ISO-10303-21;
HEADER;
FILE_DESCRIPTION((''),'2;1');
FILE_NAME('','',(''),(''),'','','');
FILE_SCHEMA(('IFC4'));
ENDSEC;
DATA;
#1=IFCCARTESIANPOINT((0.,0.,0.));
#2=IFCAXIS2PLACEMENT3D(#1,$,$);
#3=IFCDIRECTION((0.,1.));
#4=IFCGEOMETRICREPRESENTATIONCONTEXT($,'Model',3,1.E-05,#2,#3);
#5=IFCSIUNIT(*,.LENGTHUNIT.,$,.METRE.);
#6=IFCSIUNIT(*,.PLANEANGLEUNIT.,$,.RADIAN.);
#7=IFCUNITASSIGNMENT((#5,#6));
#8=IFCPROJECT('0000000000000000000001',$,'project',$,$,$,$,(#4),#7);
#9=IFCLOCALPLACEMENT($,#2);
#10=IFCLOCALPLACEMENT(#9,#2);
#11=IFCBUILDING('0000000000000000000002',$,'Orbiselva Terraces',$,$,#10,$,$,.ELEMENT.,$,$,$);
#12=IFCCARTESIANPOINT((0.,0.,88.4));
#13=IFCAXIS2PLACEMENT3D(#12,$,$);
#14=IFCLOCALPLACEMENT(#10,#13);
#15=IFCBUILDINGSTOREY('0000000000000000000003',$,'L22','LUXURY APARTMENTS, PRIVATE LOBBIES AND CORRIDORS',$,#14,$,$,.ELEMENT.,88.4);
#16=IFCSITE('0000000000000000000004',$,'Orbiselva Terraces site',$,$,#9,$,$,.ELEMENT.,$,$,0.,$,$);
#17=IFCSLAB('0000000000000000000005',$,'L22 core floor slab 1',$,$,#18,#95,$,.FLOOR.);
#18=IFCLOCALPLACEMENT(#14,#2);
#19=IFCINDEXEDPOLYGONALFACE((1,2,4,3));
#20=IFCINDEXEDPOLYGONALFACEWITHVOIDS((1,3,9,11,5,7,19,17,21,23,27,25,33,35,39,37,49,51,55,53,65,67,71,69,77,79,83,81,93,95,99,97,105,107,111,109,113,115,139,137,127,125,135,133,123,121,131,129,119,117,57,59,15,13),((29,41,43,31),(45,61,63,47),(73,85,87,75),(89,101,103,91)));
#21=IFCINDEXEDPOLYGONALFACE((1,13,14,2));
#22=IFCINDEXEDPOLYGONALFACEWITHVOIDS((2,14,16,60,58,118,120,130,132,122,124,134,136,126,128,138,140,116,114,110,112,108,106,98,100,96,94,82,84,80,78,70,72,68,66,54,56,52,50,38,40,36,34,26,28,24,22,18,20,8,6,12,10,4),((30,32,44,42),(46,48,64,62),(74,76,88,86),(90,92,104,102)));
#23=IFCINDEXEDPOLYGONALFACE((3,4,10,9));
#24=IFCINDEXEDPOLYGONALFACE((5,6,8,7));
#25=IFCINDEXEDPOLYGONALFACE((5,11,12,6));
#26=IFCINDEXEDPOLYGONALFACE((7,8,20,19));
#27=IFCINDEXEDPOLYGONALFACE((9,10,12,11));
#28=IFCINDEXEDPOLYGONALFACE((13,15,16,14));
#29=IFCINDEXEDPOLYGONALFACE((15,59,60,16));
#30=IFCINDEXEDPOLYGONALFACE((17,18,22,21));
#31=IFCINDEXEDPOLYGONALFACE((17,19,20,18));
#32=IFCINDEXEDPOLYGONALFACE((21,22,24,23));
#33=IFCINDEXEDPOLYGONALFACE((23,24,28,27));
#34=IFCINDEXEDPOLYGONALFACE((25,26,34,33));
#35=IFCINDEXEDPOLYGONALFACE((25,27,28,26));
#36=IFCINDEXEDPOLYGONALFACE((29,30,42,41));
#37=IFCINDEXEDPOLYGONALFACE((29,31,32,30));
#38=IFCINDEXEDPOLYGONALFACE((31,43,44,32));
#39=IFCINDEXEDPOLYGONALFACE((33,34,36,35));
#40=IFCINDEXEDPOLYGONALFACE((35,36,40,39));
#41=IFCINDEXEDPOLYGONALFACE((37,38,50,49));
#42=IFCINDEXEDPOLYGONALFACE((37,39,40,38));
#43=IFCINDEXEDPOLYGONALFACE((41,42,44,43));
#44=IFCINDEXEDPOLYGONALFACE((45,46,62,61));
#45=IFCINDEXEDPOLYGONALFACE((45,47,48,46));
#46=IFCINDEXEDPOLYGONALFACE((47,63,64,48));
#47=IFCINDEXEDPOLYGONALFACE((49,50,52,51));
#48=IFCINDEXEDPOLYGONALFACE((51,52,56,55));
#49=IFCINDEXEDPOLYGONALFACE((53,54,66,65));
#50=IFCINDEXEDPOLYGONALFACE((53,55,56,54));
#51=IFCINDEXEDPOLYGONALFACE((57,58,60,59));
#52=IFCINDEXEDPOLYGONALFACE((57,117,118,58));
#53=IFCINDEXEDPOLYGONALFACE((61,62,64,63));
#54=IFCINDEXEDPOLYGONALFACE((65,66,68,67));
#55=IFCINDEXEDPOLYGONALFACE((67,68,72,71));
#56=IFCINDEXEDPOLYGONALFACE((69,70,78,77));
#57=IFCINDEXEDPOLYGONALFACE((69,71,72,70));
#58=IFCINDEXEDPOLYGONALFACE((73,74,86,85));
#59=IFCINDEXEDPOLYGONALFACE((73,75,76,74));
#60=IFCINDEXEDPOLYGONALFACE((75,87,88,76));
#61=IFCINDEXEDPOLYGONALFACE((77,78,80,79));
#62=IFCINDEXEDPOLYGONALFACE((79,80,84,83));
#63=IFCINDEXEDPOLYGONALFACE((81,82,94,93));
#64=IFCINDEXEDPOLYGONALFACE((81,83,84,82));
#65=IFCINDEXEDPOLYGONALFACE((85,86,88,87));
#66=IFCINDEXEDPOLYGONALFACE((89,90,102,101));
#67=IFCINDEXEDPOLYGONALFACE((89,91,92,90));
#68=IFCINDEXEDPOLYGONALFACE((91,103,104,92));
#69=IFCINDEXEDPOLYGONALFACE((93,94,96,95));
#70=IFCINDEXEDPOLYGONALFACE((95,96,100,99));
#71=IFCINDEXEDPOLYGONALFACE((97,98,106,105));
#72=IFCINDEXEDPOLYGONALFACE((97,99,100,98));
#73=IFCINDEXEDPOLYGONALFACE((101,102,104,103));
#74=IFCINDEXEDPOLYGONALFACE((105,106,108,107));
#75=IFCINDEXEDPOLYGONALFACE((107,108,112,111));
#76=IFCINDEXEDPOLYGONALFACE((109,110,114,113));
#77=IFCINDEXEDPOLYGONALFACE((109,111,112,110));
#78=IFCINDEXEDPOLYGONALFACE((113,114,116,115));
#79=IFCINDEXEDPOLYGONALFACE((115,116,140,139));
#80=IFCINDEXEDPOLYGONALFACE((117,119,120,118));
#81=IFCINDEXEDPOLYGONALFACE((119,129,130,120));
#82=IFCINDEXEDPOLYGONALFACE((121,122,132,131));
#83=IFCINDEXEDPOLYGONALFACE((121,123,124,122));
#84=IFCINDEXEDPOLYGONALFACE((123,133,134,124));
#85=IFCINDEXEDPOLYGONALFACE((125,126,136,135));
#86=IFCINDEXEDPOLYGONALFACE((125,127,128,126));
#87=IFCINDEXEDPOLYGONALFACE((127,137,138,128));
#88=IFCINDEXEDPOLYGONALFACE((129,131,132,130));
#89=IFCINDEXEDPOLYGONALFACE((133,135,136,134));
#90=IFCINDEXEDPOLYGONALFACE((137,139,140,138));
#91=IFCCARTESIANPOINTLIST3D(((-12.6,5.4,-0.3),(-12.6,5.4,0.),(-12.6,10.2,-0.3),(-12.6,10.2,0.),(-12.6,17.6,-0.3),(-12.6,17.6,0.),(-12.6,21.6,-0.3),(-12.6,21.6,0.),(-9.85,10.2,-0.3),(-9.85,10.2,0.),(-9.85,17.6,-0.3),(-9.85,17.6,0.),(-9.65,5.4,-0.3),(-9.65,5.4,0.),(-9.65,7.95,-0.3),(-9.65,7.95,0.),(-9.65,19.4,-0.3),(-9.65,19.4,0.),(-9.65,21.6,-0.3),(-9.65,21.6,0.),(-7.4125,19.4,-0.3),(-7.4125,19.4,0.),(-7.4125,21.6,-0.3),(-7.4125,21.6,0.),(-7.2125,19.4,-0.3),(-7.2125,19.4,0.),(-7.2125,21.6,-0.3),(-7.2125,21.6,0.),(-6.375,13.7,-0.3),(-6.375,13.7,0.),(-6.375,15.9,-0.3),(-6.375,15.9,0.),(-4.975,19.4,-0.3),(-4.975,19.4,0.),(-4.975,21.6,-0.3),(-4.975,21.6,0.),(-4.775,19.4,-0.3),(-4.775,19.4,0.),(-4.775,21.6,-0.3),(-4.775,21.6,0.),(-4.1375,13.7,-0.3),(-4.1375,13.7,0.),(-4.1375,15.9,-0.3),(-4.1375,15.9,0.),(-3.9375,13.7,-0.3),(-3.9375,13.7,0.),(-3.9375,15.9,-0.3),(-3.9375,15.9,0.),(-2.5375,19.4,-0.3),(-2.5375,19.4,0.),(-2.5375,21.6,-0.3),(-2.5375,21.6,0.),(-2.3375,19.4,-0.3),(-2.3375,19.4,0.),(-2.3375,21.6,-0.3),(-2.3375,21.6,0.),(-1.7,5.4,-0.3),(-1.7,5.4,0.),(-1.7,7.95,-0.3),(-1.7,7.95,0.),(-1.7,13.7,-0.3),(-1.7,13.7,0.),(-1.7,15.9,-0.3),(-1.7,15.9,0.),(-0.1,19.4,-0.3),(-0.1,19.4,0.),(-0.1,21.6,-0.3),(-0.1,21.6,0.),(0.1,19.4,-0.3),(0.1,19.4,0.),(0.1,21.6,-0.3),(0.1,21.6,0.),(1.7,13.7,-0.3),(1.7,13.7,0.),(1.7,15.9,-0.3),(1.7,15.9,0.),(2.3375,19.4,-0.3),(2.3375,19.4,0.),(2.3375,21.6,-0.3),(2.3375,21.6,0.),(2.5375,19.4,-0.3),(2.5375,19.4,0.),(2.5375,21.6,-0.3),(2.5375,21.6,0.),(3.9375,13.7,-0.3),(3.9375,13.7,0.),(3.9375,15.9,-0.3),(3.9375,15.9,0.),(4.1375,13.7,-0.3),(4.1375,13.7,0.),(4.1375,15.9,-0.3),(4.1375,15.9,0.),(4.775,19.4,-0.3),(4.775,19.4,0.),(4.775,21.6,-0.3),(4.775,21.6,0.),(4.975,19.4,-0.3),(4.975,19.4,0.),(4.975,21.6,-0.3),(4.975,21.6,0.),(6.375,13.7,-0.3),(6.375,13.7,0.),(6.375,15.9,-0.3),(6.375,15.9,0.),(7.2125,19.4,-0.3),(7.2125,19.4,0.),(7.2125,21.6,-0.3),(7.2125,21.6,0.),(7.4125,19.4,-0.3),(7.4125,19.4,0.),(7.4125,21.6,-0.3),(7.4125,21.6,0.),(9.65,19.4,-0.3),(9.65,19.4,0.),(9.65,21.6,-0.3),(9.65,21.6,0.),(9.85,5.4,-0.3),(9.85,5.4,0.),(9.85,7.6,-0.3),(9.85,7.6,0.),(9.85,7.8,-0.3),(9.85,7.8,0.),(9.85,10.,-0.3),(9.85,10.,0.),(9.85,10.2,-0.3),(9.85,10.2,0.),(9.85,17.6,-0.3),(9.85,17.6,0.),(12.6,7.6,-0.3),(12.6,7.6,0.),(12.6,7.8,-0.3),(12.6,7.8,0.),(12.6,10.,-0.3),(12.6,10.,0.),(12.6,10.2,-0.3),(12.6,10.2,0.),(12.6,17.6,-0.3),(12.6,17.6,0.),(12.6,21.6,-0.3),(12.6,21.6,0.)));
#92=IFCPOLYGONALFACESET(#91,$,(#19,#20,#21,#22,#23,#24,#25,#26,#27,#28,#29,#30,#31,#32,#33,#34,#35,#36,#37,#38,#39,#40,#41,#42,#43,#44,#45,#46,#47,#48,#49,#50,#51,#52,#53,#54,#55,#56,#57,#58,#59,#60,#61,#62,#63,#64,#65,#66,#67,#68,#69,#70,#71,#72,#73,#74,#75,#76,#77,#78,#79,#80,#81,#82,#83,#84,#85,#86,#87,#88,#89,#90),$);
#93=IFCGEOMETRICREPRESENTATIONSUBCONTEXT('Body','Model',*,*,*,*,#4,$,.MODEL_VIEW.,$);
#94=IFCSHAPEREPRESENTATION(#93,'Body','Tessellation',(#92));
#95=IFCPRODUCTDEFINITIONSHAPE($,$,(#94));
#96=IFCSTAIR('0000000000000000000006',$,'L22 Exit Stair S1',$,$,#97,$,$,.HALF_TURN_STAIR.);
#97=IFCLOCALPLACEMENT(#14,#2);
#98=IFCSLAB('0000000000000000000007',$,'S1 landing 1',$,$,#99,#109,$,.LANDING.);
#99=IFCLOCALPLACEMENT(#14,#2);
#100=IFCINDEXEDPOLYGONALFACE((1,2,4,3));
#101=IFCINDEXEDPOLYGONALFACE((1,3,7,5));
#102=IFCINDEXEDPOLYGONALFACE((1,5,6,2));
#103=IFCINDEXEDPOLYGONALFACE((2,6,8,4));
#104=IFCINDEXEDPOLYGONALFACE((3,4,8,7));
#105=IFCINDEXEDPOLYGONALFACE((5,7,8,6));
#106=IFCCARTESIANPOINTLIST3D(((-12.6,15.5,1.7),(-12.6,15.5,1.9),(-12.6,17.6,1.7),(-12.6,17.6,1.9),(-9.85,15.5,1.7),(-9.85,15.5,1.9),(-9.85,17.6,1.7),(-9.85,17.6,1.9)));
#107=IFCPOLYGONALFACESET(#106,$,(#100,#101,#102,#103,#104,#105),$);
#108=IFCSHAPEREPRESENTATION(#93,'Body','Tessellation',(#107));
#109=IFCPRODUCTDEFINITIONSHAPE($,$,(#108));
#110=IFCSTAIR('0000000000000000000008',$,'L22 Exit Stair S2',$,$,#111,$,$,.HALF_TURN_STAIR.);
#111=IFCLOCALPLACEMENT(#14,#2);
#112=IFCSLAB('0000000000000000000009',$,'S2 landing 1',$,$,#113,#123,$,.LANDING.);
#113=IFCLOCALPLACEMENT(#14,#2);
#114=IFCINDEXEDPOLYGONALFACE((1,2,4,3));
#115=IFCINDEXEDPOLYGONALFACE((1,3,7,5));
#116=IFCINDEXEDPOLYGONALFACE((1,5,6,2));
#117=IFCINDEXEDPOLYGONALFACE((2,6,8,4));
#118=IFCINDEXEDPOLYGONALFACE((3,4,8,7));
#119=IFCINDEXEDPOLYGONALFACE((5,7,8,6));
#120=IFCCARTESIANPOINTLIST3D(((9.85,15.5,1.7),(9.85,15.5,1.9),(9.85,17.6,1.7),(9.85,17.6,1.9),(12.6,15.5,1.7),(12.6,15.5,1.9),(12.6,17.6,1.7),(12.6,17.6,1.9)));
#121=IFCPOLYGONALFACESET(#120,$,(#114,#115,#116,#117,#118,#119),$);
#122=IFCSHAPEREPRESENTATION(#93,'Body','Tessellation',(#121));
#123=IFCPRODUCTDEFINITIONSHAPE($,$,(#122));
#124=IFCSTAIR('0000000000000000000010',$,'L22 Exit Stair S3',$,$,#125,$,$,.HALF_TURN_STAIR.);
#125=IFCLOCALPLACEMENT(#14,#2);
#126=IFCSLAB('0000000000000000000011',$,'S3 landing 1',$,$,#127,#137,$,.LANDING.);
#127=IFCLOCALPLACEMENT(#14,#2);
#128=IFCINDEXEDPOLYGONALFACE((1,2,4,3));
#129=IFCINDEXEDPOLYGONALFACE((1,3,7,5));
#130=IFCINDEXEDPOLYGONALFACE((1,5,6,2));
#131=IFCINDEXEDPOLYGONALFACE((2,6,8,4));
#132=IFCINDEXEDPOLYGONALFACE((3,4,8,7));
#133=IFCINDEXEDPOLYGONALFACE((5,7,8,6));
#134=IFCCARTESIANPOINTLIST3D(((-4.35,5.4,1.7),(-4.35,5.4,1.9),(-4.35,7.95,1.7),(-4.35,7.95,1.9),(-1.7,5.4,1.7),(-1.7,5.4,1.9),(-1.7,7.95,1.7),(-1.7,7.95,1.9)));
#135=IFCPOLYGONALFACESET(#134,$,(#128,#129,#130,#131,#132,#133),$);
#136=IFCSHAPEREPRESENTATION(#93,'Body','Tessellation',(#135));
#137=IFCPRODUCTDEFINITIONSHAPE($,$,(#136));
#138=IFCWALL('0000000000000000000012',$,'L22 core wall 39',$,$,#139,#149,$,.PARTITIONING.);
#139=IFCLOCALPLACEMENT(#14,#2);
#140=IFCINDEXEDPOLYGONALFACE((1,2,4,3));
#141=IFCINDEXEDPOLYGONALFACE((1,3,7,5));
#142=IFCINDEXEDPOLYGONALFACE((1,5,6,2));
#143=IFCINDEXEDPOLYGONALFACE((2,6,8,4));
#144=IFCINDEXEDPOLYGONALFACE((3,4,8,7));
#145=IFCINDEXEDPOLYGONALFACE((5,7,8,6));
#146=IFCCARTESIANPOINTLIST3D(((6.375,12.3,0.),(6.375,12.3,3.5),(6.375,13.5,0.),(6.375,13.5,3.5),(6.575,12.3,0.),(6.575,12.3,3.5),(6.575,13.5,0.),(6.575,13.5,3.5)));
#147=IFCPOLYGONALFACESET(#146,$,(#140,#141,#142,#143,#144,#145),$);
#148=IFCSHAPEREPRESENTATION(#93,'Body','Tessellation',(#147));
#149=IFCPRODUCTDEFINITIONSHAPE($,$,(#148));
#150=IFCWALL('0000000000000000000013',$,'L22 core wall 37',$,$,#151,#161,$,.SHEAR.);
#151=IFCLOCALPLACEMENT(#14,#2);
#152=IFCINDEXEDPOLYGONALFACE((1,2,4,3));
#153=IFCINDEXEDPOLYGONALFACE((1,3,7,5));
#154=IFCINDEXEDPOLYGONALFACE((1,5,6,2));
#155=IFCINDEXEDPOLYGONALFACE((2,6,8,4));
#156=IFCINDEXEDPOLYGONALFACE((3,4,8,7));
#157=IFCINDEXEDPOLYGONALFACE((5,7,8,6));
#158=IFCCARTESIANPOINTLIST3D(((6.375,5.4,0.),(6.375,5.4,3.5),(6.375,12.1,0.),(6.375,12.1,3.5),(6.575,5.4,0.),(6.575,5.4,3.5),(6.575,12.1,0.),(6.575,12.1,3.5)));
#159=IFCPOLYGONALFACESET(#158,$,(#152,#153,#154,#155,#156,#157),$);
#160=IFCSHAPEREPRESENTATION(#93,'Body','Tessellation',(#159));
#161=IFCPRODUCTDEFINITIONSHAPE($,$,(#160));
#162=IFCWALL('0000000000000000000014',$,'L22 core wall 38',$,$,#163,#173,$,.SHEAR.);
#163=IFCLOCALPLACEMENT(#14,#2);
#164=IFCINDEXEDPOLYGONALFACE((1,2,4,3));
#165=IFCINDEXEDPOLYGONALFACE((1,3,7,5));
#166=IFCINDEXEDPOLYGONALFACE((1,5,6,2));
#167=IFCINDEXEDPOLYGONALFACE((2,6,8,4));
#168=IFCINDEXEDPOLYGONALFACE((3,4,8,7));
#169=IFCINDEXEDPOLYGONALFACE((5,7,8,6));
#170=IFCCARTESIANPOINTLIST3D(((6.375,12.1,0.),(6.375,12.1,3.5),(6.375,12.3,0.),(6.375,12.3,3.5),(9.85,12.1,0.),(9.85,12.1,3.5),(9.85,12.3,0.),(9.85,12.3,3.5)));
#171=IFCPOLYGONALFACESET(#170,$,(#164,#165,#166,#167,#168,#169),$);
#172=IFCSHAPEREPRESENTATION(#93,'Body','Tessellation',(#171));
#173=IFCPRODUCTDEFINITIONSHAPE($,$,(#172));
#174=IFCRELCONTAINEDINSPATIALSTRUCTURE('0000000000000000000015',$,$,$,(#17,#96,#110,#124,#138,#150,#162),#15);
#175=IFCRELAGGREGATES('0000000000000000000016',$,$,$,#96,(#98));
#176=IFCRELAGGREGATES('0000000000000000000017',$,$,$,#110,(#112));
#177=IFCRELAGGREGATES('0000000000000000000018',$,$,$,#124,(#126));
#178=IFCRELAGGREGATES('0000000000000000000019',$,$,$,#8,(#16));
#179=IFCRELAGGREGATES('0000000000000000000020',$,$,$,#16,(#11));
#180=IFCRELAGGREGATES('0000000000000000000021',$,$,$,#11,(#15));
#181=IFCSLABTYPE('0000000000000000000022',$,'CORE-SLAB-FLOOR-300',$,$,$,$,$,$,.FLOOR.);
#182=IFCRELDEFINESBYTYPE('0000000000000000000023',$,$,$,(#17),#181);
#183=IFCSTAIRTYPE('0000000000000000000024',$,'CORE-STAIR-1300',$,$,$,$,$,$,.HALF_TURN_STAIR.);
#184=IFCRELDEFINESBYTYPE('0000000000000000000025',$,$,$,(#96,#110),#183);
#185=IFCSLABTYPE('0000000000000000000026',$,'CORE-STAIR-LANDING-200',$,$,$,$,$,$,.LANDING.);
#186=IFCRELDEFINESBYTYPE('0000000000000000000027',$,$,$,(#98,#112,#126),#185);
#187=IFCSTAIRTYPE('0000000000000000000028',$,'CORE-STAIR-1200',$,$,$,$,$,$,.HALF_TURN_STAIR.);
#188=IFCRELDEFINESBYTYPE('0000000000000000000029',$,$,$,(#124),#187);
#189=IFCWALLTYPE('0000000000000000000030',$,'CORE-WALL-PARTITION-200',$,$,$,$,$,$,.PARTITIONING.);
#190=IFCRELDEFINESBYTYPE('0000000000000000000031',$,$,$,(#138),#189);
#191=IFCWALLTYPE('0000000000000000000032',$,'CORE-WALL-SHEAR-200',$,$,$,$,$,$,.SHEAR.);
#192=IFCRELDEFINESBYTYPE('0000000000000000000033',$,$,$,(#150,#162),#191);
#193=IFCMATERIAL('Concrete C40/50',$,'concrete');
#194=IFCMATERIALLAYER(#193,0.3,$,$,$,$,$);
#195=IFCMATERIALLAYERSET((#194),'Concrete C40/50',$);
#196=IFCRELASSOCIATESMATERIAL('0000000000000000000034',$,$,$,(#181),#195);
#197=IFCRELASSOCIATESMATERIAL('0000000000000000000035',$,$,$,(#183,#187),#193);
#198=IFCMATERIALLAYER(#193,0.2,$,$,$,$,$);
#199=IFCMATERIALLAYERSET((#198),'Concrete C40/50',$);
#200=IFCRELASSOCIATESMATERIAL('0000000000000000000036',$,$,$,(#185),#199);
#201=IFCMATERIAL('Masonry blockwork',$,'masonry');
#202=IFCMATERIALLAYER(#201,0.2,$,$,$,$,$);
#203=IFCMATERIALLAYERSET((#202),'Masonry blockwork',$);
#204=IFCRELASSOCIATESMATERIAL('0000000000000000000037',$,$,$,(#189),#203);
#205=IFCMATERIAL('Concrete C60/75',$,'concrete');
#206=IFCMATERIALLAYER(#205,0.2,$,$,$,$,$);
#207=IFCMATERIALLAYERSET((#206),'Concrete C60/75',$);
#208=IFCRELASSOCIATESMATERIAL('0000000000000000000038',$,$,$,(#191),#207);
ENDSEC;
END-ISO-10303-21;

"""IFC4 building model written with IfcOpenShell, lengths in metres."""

from ifc_helpers import new_model, si_unit, direction, frame, frame_2d, origin, place, context, subcontext, project, spatial, polyline, rectangle, outline, extrude, material, layer, layer_set, type_object, element, aggregate, save


model = new_model("IFC4")

# Units and contexts
model_context = context("Model", 3, precision=1e-05, world=origin(), true_north=direction((0.0, 1.0)))
body_context = subcontext(model_context, "Body", "Model", "MODEL_VIEW")
ifc_project = project(units=[si_unit("LENGTHUNIT", "METRE"), si_unit("PLANEANGLEUNIT", "RADIAN")], contexts=[model_context])

# Site, building, storey
site_placement = place(None, origin())
site = spatial("IfcSite", under=ifc_project, at=site_placement, Name="Orbiselva Terraces site", CompositionType="ELEMENT", RefElevation=0.0)
building_placement = place(site_placement, origin())
building = spatial("IfcBuilding", under=site, at=building_placement, Name="Orbiselva Terraces", CompositionType="ELEMENT")
storey_placement = place(building_placement, frame((0.0, 0.0, 88.4)))
storey = spatial("IfcBuildingStorey", under=building, at=storey_placement, Name="L22", Description="LUXURY APARTMENTS, PRIVATE LOBBIES AND CORRIDORS", CompositionType="ELEMENT", Elevation=88.4)

# Slab
ifc_material_1 = material(Name="Concrete C40/50", Category="concrete")
ifc_layer_1 = layer(ifc_material_1, 0.3)
ifc_layer_set_1 = layer_set([ifc_layer_1], Name="Concrete C40/50")
slab_type_1 = type_object("IfcSlabType", Name="CORE-SLAB-FLOOR-300", PredefinedType="FLOOR", material=ifc_layer_set_1)
slab_1_placement = place(storey_placement, frame((0.0, 0.0, -0.3)))
element("IfcSlab", 1, at=slab_1_placement, inside=storey, type_object=slab_type_1, Name="L22 core floor slab 1", PredefinedType="FLOOR", context=body_context, shape_type="SweptSolid", body=[
    extrude(outline(polyline([(-1.7, 5.4), (-1.7, 7.95), (-9.65, 7.95), (-9.65, 5.4), (-12.6, 5.4), (-12.6, 10.2), (-9.85, 10.2), (-9.85, 17.6), (-12.6, 17.6), (-12.6, 21.6), (-9.65, 21.6), (-9.65, 19.4), (-7.4125, 19.4), (-7.4125, 21.6), (-7.2125, 21.6), (-7.2125, 19.4), (-4.975, 19.4), (-4.975, 21.6), (-4.775, 21.6), (-4.775, 19.4), (-2.5375, 19.4), (-2.5375, 21.6), (-2.3375, 21.6), (-2.3375, 19.4), (-0.1, 19.4), (-0.1, 21.6), (0.1, 21.6), (0.1, 19.4), (2.3375, 19.4), (2.3375, 21.6), (2.5375, 21.6), (2.5375, 19.4), (4.775, 19.4), (4.775, 21.6), (4.975, 21.6), (4.975, 19.4), (7.2125, 19.4), (7.2125, 21.6), (7.4125, 21.6), (7.4125, 19.4), (9.65, 19.4), (9.65, 21.6), (12.6, 21.6), (12.6, 17.6), (9.85, 17.6), (9.85, 10.2), (12.6, 10.2), (12.6, 10.0), (9.85, 10.0), (9.85, 7.8), (12.6, 7.8), (12.6, 7.6), (9.85, 7.6), (9.85, 5.4), (-1.7, 5.4)]), holes=[polyline([(-4.1375, 13.7), (-4.1375, 15.9), (-6.375, 15.9), (-6.375, 13.7), (-4.1375, 13.7)]), polyline([(-1.7, 13.7), (-1.7, 15.9), (-3.9375, 15.9), (-3.9375, 13.7), (-1.7, 13.7)]), polyline([(3.9375, 13.7), (3.9375, 15.9), (1.7, 15.9), (1.7, 13.7), (3.9375, 13.7)]), polyline([(6.375, 13.7), (6.375, 15.9), (4.1375, 15.9), (4.1375, 13.7), (6.375, 13.7)])]), origin(), (0.0, 0.0, 1.0), 0.3),
])

# Stairs, slabs
stair_type_1 = type_object("IfcStairType", Name="CORE-STAIR-1300", PredefinedType="HALF_TURN_STAIR", material=ifc_material_1)
stair_1_placement = place(storey_placement, origin())
stair_1 = element("IfcStair", 2, at=stair_1_placement, inside=storey, type_object=stair_type_1, Name="L22 Exit Stair S1", PredefinedType="HALF_TURN_STAIR")
ifc_layer_2 = layer(ifc_material_1, 0.2)
ifc_layer_set_2 = layer_set([ifc_layer_2], Name="Concrete C40/50")
slab_type_2 = type_object("IfcSlabType", Name="CORE-STAIR-LANDING-200", PredefinedType="LANDING", material=ifc_layer_set_2)
slab_2_placement = place(storey_placement, frame((0.0, 0.0, 1.7)))
slab_2 = element("IfcSlab", 3, at=slab_2_placement, type_object=slab_type_2, Name="S1 landing 1", PredefinedType="LANDING", context=body_context, shape_type="SweptSolid", body=[
    extrude(outline(polyline([(-9.85, 15.5), (-9.85, 17.6), (-12.6, 17.6), (-12.6, 15.5), (-9.85, 15.5)])), origin(), (0.0, 0.0, 1.0), 0.2),
])
aggregate(stair_1, [slab_2])
stair_2_placement = place(storey_placement, origin())
stair_2 = element("IfcStair", 4, at=stair_2_placement, inside=storey, type_object=stair_type_1, Name="L22 Exit Stair S2", PredefinedType="HALF_TURN_STAIR")
slab_3_placement = place(storey_placement, frame((0.0, 0.0, 1.7)))
slab_3 = element("IfcSlab", 5, at=slab_3_placement, type_object=slab_type_2, Name="S2 landing 1", PredefinedType="LANDING", context=body_context, shape_type="SweptSolid", body=[
    extrude(outline(polyline([(12.6, 15.5), (12.6, 17.6), (9.85, 17.6), (9.85, 15.5), (12.6, 15.5)])), origin(), (0.0, 0.0, 1.0), 0.2),
])
aggregate(stair_2, [slab_3])
stair_type_2 = type_object("IfcStairType", Name="CORE-STAIR-1200", PredefinedType="HALF_TURN_STAIR", material=ifc_material_1)
stair_3_placement = place(storey_placement, origin())
stair_3 = element("IfcStair", 6, at=stair_3_placement, inside=storey, type_object=stair_type_2, Name="L22 Exit Stair S3", PredefinedType="HALF_TURN_STAIR")
slab_4_placement = place(storey_placement, frame((0.0, 0.0, 1.7)))
slab_4 = element("IfcSlab", 7, at=slab_4_placement, type_object=slab_type_2, Name="S3 landing 1", PredefinedType="LANDING", context=body_context, shape_type="SweptSolid", body=[
    extrude(outline(polyline([(-4.35, 5.4), (-1.7, 5.4), (-1.7, 7.95), (-4.35, 7.95), (-4.35, 5.4)])), origin(), (0.0, 0.0, 1.0), 0.2),
])
aggregate(stair_3, [slab_4])

# Walls
ifc_material_2 = material(Name="Masonry blockwork", Category="masonry")
ifc_layer_3 = layer(ifc_material_2, 0.2)
ifc_layer_set_3 = layer_set([ifc_layer_3], Name="Masonry blockwork")
wall_type_1 = type_object("IfcWallType", Name="CORE-WALL-PARTITION-200", PredefinedType="PARTITIONING", material=ifc_layer_set_3)
wall_1_placement = place(storey_placement, frame((6.475, 12.3, 0.0), z_axis=(0.0, 0.0, 1.0), x_axis=(0.0, 1.0, 0.0)))
element("IfcWall", 8, at=wall_1_placement, inside=storey, type_object=wall_type_1, Name="L22 core wall 39", PredefinedType="PARTITIONING", context=body_context, shape_type="SweptSolid", body=[
    extrude(rectangle(XDim=1.2, YDim=0.2, at=frame_2d((0.6, 0.0))), origin(), (0.0, 0.0, 1.0), 3.5),
])
ifc_material_3 = material(Name="Concrete C60/75", Category="concrete")
ifc_layer_4 = layer(ifc_material_3, 0.2)
ifc_layer_set_4 = layer_set([ifc_layer_4], Name="Concrete C60/75")
wall_type_2 = type_object("IfcWallType", Name="CORE-WALL-SHEAR-200", PredefinedType="SHEAR", material=ifc_layer_set_4)
wall_2_placement = place(storey_placement, frame((6.475, 5.4, 0.0), z_axis=(0.0, 0.0, 1.0), x_axis=(0.0, 1.0, 0.0)))
element("IfcWall", 9, at=wall_2_placement, inside=storey, type_object=wall_type_2, Name="L22 core wall 37", PredefinedType="SHEAR", context=body_context, shape_type="SweptSolid", body=[
    extrude(rectangle(XDim=6.7, YDim=0.2, at=frame_2d((3.35, 0.0))), origin(), (0.0, 0.0, 1.0), 3.5),
])
wall_3_placement = place(storey_placement, frame((6.375, 12.2, 0.0), z_axis=(0.0, 0.0, 1.0), x_axis=(1.0, 0.0, 0.0)))
element("IfcWall", 10, at=wall_3_placement, inside=storey, type_object=wall_type_2, Name="L22 core wall 38", PredefinedType="SHEAR", context=body_context, shape_type="SweptSolid", body=[
    extrude(rectangle(XDim=3.475, YDim=0.2, at=frame_2d((1.7375, 0.0))), origin(), (0.0, 0.0, 1.0), 3.5),
])

save(model, "model.ifc")
